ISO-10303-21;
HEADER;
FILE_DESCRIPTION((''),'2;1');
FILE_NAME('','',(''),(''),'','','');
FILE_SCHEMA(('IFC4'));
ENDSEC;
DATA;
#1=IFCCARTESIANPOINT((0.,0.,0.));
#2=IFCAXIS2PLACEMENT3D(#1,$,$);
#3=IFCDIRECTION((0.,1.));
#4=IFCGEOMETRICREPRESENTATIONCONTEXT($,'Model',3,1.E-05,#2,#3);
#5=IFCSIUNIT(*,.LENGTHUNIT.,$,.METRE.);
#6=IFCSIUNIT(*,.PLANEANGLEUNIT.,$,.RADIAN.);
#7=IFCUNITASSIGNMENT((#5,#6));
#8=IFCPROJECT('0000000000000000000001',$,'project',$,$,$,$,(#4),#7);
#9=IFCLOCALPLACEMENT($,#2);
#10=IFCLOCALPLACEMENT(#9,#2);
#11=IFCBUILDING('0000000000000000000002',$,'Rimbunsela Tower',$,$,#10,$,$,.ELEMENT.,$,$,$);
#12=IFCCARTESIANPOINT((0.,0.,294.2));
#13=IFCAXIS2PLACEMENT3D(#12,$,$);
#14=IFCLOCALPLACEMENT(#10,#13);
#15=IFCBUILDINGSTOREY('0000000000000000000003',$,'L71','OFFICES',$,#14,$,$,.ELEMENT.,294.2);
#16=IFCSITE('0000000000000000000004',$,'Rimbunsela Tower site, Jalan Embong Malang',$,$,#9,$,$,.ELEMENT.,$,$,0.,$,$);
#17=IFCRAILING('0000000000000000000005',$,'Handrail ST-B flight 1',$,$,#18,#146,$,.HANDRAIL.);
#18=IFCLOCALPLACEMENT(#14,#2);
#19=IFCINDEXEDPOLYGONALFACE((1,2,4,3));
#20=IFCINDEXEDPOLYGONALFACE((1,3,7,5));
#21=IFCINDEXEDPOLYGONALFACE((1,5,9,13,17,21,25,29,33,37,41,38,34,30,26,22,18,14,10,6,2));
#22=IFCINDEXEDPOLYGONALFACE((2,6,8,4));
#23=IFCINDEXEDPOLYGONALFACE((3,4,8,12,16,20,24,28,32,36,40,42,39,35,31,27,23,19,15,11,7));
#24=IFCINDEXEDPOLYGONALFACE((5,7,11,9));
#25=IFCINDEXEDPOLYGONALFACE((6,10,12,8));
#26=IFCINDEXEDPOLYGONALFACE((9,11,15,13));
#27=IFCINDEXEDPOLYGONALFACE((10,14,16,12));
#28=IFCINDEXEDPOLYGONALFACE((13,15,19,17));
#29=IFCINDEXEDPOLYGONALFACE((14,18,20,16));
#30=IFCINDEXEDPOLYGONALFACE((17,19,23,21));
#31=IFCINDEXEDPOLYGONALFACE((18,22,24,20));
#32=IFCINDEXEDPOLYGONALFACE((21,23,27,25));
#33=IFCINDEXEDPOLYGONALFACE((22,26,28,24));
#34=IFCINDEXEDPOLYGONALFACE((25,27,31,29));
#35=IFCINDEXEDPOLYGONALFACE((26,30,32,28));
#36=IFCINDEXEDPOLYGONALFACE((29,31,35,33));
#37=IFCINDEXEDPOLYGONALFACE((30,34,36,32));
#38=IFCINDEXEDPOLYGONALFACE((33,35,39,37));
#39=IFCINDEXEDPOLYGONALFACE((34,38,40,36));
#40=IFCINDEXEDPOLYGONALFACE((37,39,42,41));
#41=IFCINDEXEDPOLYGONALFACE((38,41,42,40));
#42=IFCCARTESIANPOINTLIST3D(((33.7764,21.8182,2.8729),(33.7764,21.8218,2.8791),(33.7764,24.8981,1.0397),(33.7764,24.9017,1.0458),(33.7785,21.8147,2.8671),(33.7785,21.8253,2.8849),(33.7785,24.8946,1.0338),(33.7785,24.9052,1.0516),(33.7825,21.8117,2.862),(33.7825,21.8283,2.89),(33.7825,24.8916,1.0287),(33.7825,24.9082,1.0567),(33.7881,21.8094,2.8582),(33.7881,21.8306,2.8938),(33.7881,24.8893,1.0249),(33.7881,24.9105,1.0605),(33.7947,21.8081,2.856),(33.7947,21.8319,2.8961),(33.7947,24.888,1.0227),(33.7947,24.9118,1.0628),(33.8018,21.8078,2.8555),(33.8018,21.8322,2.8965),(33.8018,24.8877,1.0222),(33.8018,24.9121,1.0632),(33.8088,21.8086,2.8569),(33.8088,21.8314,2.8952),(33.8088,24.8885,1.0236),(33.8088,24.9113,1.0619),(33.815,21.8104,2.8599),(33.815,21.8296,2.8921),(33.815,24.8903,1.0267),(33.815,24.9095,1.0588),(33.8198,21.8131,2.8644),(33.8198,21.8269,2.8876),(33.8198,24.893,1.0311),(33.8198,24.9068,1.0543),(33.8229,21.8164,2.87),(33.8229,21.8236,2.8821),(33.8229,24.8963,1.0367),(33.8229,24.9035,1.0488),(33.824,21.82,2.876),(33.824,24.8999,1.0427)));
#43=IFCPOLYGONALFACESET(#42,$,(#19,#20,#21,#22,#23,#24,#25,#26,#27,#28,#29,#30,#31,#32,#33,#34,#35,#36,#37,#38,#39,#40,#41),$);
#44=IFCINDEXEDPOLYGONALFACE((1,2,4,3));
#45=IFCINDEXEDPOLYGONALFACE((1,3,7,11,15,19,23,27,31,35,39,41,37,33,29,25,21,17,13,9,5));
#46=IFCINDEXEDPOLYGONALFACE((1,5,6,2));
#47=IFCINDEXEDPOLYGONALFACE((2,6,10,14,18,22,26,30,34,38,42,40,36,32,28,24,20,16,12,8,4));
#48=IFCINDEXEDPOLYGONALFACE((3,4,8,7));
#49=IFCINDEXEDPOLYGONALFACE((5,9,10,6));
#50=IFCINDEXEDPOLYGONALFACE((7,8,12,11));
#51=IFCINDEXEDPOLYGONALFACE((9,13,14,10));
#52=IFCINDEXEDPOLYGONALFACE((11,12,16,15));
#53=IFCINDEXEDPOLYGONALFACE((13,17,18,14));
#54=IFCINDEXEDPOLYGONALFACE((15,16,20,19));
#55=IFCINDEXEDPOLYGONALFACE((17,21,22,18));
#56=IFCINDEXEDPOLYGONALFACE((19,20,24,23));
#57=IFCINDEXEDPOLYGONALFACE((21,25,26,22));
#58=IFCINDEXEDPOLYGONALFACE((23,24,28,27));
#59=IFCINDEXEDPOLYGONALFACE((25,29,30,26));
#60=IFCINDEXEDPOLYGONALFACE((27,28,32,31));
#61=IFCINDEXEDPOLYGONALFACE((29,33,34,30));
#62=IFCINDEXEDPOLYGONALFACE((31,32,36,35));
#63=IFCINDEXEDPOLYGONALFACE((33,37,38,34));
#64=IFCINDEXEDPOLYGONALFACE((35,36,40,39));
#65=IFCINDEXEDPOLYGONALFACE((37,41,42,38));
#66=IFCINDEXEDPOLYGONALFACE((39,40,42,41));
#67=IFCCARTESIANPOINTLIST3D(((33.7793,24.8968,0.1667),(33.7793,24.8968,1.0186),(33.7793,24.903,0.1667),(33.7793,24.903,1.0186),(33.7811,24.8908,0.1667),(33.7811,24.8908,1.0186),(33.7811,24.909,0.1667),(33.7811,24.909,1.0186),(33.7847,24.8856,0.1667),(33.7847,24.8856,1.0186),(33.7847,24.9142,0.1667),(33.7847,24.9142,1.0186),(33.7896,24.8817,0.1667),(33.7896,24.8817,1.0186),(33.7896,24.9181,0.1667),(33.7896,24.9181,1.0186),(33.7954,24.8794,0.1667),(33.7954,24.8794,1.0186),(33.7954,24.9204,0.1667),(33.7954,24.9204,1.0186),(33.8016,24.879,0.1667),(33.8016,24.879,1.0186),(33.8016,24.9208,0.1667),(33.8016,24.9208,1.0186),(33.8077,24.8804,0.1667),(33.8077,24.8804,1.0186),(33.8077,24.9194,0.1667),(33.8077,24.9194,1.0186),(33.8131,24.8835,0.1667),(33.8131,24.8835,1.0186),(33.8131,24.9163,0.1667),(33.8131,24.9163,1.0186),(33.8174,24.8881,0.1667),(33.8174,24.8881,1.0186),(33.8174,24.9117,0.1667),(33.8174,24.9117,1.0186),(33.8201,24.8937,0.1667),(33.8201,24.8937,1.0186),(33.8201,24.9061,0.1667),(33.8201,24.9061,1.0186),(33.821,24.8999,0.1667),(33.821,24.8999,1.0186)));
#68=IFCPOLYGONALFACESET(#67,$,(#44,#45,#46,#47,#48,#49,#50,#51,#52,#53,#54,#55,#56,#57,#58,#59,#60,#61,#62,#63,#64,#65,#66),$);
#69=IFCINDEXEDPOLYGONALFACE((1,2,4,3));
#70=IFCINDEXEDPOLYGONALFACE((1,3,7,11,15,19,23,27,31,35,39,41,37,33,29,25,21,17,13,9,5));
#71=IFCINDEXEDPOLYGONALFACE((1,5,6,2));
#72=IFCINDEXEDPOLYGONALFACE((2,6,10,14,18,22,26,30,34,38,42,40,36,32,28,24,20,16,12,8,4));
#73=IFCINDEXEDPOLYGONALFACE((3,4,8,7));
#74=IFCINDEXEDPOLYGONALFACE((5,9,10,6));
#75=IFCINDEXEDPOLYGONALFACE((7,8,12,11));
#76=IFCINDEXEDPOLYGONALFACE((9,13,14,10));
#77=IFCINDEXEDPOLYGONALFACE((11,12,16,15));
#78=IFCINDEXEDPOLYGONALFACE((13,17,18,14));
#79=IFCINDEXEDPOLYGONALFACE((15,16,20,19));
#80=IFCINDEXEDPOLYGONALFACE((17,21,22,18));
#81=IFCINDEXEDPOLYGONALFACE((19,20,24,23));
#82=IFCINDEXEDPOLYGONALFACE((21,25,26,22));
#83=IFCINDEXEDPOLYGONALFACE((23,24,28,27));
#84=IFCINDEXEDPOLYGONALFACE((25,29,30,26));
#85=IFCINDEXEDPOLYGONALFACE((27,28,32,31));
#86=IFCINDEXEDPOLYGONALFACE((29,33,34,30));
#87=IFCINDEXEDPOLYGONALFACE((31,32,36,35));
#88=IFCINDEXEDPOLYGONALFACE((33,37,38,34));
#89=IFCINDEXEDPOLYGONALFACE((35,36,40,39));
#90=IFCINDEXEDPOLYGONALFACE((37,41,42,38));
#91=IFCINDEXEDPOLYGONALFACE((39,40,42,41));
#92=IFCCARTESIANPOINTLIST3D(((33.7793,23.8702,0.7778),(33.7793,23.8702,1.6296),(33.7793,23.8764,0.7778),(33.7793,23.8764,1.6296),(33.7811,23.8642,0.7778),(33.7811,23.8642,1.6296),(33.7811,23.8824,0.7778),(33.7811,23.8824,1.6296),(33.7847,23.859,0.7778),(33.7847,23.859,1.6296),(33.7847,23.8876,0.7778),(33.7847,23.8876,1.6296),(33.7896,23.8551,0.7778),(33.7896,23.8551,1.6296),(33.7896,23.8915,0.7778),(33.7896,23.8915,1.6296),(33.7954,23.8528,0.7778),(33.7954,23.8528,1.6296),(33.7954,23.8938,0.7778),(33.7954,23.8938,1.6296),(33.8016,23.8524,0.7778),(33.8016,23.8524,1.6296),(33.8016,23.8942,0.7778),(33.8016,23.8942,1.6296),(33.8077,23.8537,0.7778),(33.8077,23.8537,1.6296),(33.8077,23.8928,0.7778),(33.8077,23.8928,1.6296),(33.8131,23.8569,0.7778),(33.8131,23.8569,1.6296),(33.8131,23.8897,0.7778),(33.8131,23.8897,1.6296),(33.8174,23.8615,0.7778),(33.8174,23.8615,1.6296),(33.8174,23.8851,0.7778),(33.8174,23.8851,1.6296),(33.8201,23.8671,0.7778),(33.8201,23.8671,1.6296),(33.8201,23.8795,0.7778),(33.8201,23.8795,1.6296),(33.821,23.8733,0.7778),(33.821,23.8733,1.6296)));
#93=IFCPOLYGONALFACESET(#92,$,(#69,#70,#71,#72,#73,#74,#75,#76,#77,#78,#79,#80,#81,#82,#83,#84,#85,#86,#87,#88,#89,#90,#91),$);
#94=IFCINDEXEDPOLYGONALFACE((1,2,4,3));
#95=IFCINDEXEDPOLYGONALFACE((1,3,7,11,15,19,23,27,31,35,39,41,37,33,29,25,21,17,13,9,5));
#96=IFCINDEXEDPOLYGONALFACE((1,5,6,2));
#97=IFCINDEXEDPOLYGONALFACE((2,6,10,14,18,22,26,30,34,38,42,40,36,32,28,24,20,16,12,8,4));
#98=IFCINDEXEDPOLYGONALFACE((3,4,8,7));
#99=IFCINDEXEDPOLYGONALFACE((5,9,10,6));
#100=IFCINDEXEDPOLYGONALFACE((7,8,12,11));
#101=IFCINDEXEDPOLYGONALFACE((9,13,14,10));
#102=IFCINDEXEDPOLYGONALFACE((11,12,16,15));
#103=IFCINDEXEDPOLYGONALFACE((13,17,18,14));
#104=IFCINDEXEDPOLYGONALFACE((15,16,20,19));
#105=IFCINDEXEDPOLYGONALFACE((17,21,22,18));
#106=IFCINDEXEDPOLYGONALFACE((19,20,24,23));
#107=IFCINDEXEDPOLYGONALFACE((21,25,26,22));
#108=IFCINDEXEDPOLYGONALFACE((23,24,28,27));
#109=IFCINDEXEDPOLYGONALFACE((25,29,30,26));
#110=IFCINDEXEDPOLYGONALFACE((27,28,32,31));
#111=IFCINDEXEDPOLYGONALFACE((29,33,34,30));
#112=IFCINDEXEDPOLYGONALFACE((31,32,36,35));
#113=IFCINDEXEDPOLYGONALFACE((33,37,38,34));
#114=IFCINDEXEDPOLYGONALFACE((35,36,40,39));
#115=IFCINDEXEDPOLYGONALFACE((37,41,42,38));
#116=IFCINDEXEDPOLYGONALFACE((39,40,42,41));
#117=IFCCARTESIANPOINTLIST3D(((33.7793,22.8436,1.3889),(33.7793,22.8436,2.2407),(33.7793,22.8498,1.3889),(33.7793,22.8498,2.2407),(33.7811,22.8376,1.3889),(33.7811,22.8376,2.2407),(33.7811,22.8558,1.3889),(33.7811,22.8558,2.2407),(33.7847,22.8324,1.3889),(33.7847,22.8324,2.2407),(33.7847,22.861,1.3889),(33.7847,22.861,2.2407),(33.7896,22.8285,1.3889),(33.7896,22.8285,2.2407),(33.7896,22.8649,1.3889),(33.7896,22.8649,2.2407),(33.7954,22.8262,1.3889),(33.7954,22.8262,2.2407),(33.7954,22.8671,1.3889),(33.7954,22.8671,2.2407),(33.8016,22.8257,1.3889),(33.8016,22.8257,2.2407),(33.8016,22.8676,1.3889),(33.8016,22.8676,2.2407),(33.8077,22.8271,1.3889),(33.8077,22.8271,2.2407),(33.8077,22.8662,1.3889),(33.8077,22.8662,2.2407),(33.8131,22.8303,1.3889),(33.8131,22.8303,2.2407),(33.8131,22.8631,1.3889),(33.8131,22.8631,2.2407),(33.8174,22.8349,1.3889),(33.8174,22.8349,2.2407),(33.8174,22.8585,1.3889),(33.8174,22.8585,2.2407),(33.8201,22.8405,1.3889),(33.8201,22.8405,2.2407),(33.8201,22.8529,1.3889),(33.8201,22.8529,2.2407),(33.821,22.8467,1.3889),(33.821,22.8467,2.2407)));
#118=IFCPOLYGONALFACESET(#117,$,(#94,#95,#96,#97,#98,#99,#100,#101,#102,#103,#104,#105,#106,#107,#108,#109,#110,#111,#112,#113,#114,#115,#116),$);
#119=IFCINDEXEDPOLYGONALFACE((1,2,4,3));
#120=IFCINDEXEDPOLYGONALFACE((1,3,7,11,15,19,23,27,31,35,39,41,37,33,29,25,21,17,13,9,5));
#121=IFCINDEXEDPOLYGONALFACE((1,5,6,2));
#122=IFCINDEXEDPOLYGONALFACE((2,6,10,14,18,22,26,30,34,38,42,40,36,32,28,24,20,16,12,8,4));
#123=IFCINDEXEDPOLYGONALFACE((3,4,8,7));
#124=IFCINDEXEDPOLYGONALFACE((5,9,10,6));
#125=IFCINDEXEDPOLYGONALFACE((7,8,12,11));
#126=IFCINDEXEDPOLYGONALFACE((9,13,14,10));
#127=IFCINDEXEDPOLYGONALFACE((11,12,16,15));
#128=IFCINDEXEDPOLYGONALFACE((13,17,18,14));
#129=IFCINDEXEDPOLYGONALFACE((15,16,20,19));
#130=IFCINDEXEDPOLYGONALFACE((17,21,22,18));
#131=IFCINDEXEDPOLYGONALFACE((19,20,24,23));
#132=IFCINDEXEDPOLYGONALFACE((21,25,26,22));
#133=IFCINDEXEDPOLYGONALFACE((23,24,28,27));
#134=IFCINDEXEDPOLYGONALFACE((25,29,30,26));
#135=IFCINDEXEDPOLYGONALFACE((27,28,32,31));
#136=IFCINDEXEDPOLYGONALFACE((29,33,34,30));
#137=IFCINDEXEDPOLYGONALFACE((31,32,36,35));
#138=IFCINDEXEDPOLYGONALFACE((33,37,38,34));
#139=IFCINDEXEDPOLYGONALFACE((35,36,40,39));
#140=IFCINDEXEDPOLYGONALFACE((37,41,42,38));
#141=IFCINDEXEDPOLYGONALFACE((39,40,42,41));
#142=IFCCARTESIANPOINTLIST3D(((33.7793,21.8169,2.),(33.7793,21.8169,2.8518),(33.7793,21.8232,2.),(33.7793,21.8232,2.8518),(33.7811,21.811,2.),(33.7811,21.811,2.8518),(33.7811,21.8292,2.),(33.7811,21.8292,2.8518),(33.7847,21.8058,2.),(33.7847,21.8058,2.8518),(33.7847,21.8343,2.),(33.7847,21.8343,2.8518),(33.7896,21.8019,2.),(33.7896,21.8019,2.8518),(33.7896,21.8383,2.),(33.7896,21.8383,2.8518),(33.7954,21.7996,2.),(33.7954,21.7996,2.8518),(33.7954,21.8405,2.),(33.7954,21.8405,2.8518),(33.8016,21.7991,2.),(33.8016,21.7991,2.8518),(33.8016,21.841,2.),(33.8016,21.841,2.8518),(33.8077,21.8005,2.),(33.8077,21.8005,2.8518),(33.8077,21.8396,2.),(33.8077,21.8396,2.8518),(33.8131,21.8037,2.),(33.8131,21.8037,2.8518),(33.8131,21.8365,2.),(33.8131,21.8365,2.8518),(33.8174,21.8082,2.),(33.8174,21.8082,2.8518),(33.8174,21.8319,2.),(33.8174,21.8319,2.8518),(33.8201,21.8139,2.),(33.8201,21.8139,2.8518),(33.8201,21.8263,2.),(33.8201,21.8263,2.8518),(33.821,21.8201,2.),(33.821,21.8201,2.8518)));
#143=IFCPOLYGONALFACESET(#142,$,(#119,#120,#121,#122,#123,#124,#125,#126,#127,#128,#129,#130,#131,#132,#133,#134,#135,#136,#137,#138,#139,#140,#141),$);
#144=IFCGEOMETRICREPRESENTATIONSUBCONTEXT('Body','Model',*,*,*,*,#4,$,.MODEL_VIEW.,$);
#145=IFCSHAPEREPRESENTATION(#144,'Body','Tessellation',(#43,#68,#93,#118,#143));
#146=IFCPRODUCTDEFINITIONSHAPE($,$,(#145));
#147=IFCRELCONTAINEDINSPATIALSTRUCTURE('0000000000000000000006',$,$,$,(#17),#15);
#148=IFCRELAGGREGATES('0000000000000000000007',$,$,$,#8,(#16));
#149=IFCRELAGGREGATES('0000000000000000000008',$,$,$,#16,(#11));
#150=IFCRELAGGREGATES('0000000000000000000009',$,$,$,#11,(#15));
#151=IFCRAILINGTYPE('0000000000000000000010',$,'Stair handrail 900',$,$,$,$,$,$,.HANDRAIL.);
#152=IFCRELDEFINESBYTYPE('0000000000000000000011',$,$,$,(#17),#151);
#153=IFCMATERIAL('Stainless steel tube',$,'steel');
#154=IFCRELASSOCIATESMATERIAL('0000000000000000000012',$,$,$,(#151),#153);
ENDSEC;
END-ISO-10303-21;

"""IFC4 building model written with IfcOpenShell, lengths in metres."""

from ifc_helpers import new_model, si_unit, direction, frame, origin, origin_2d, place, context, subcontext, project, spatial, circle, extrude, material, type_object, element, save


model = new_model("IFC4")

# Units and contexts
model_context = context("Model", 3, precision=1e-05, world=origin(), true_north=direction((0.0, 1.0)))
body_context = subcontext(model_context, "Body", "Model", "MODEL_VIEW")
ifc_project = project(units=[si_unit("LENGTHUNIT", "METRE"), si_unit("PLANEANGLEUNIT", "RADIAN")], contexts=[model_context])

# Site, building, storey
site_placement = place(None, origin())
site = spatial("IfcSite", under=ifc_project, at=site_placement, Name="Rimbunsela Tower site, Jalan Embong Malang", CompositionType="ELEMENT", RefElevation=0.0)
building_placement = place(site_placement, origin())
building = spatial("IfcBuilding", under=site, at=building_placement, Name="Rimbunsela Tower", CompositionType="ELEMENT")
storey_placement = place(building_placement, frame((0.0, 0.0, 294.2)))
storey = spatial("IfcBuildingStorey", under=building, at=storey_placement, Name="L71", Description="OFFICES", CompositionType="ELEMENT", Elevation=294.2)

# Railing
ifc_material_1 = material(Name="Stainless steel tube", Category="steel")
railing_type = type_object("IfcRailingType", Name="Stair handrail 900", PredefinedType="HANDRAIL", material=ifc_material_1)
for number, where, name in (
    (1, (33.8, 24.8999, 0.1667), "Handrail ST-B flight 1"),
):
    element("IfcRailing", number, at=place(storey_placement, frame(where)), inside=storey, type_object=railing_type, Name=name, PredefinedType="HANDRAIL", context=body_context, shape_type="SweptSolid", body=[
        extrude(circle(Radius=0.0239, at=origin_2d()), frame((0.0, 0.0, 0.876), z_axis=(0.0, -0.859291, 0.511487), x_axis=(1.0, 0.0, 0.0)), (0.0, 0.0, 1.0), 3.5842),
        extrude(circle(Radius=0.021, at=origin_2d()), origin(), (0.0, 0.0, 1.0), 0.8518),
        extrude(circle(Radius=0.021, at=origin_2d()), frame((0.0, -1.0266, 0.6111)), (0.0, 0.0, 1.0), 0.8518),
        extrude(circle(Radius=0.021, at=origin_2d()), frame((0.0, -2.0532, 1.2222)), (0.0, 0.0, 1.0), 0.8518),
        extrude(circle(Radius=0.021, at=origin_2d()), frame((0.0, -3.0798, 1.8333)), (0.0, 0.0, 1.0), 0.8518),
    ])

save(model, "model.ifc")
